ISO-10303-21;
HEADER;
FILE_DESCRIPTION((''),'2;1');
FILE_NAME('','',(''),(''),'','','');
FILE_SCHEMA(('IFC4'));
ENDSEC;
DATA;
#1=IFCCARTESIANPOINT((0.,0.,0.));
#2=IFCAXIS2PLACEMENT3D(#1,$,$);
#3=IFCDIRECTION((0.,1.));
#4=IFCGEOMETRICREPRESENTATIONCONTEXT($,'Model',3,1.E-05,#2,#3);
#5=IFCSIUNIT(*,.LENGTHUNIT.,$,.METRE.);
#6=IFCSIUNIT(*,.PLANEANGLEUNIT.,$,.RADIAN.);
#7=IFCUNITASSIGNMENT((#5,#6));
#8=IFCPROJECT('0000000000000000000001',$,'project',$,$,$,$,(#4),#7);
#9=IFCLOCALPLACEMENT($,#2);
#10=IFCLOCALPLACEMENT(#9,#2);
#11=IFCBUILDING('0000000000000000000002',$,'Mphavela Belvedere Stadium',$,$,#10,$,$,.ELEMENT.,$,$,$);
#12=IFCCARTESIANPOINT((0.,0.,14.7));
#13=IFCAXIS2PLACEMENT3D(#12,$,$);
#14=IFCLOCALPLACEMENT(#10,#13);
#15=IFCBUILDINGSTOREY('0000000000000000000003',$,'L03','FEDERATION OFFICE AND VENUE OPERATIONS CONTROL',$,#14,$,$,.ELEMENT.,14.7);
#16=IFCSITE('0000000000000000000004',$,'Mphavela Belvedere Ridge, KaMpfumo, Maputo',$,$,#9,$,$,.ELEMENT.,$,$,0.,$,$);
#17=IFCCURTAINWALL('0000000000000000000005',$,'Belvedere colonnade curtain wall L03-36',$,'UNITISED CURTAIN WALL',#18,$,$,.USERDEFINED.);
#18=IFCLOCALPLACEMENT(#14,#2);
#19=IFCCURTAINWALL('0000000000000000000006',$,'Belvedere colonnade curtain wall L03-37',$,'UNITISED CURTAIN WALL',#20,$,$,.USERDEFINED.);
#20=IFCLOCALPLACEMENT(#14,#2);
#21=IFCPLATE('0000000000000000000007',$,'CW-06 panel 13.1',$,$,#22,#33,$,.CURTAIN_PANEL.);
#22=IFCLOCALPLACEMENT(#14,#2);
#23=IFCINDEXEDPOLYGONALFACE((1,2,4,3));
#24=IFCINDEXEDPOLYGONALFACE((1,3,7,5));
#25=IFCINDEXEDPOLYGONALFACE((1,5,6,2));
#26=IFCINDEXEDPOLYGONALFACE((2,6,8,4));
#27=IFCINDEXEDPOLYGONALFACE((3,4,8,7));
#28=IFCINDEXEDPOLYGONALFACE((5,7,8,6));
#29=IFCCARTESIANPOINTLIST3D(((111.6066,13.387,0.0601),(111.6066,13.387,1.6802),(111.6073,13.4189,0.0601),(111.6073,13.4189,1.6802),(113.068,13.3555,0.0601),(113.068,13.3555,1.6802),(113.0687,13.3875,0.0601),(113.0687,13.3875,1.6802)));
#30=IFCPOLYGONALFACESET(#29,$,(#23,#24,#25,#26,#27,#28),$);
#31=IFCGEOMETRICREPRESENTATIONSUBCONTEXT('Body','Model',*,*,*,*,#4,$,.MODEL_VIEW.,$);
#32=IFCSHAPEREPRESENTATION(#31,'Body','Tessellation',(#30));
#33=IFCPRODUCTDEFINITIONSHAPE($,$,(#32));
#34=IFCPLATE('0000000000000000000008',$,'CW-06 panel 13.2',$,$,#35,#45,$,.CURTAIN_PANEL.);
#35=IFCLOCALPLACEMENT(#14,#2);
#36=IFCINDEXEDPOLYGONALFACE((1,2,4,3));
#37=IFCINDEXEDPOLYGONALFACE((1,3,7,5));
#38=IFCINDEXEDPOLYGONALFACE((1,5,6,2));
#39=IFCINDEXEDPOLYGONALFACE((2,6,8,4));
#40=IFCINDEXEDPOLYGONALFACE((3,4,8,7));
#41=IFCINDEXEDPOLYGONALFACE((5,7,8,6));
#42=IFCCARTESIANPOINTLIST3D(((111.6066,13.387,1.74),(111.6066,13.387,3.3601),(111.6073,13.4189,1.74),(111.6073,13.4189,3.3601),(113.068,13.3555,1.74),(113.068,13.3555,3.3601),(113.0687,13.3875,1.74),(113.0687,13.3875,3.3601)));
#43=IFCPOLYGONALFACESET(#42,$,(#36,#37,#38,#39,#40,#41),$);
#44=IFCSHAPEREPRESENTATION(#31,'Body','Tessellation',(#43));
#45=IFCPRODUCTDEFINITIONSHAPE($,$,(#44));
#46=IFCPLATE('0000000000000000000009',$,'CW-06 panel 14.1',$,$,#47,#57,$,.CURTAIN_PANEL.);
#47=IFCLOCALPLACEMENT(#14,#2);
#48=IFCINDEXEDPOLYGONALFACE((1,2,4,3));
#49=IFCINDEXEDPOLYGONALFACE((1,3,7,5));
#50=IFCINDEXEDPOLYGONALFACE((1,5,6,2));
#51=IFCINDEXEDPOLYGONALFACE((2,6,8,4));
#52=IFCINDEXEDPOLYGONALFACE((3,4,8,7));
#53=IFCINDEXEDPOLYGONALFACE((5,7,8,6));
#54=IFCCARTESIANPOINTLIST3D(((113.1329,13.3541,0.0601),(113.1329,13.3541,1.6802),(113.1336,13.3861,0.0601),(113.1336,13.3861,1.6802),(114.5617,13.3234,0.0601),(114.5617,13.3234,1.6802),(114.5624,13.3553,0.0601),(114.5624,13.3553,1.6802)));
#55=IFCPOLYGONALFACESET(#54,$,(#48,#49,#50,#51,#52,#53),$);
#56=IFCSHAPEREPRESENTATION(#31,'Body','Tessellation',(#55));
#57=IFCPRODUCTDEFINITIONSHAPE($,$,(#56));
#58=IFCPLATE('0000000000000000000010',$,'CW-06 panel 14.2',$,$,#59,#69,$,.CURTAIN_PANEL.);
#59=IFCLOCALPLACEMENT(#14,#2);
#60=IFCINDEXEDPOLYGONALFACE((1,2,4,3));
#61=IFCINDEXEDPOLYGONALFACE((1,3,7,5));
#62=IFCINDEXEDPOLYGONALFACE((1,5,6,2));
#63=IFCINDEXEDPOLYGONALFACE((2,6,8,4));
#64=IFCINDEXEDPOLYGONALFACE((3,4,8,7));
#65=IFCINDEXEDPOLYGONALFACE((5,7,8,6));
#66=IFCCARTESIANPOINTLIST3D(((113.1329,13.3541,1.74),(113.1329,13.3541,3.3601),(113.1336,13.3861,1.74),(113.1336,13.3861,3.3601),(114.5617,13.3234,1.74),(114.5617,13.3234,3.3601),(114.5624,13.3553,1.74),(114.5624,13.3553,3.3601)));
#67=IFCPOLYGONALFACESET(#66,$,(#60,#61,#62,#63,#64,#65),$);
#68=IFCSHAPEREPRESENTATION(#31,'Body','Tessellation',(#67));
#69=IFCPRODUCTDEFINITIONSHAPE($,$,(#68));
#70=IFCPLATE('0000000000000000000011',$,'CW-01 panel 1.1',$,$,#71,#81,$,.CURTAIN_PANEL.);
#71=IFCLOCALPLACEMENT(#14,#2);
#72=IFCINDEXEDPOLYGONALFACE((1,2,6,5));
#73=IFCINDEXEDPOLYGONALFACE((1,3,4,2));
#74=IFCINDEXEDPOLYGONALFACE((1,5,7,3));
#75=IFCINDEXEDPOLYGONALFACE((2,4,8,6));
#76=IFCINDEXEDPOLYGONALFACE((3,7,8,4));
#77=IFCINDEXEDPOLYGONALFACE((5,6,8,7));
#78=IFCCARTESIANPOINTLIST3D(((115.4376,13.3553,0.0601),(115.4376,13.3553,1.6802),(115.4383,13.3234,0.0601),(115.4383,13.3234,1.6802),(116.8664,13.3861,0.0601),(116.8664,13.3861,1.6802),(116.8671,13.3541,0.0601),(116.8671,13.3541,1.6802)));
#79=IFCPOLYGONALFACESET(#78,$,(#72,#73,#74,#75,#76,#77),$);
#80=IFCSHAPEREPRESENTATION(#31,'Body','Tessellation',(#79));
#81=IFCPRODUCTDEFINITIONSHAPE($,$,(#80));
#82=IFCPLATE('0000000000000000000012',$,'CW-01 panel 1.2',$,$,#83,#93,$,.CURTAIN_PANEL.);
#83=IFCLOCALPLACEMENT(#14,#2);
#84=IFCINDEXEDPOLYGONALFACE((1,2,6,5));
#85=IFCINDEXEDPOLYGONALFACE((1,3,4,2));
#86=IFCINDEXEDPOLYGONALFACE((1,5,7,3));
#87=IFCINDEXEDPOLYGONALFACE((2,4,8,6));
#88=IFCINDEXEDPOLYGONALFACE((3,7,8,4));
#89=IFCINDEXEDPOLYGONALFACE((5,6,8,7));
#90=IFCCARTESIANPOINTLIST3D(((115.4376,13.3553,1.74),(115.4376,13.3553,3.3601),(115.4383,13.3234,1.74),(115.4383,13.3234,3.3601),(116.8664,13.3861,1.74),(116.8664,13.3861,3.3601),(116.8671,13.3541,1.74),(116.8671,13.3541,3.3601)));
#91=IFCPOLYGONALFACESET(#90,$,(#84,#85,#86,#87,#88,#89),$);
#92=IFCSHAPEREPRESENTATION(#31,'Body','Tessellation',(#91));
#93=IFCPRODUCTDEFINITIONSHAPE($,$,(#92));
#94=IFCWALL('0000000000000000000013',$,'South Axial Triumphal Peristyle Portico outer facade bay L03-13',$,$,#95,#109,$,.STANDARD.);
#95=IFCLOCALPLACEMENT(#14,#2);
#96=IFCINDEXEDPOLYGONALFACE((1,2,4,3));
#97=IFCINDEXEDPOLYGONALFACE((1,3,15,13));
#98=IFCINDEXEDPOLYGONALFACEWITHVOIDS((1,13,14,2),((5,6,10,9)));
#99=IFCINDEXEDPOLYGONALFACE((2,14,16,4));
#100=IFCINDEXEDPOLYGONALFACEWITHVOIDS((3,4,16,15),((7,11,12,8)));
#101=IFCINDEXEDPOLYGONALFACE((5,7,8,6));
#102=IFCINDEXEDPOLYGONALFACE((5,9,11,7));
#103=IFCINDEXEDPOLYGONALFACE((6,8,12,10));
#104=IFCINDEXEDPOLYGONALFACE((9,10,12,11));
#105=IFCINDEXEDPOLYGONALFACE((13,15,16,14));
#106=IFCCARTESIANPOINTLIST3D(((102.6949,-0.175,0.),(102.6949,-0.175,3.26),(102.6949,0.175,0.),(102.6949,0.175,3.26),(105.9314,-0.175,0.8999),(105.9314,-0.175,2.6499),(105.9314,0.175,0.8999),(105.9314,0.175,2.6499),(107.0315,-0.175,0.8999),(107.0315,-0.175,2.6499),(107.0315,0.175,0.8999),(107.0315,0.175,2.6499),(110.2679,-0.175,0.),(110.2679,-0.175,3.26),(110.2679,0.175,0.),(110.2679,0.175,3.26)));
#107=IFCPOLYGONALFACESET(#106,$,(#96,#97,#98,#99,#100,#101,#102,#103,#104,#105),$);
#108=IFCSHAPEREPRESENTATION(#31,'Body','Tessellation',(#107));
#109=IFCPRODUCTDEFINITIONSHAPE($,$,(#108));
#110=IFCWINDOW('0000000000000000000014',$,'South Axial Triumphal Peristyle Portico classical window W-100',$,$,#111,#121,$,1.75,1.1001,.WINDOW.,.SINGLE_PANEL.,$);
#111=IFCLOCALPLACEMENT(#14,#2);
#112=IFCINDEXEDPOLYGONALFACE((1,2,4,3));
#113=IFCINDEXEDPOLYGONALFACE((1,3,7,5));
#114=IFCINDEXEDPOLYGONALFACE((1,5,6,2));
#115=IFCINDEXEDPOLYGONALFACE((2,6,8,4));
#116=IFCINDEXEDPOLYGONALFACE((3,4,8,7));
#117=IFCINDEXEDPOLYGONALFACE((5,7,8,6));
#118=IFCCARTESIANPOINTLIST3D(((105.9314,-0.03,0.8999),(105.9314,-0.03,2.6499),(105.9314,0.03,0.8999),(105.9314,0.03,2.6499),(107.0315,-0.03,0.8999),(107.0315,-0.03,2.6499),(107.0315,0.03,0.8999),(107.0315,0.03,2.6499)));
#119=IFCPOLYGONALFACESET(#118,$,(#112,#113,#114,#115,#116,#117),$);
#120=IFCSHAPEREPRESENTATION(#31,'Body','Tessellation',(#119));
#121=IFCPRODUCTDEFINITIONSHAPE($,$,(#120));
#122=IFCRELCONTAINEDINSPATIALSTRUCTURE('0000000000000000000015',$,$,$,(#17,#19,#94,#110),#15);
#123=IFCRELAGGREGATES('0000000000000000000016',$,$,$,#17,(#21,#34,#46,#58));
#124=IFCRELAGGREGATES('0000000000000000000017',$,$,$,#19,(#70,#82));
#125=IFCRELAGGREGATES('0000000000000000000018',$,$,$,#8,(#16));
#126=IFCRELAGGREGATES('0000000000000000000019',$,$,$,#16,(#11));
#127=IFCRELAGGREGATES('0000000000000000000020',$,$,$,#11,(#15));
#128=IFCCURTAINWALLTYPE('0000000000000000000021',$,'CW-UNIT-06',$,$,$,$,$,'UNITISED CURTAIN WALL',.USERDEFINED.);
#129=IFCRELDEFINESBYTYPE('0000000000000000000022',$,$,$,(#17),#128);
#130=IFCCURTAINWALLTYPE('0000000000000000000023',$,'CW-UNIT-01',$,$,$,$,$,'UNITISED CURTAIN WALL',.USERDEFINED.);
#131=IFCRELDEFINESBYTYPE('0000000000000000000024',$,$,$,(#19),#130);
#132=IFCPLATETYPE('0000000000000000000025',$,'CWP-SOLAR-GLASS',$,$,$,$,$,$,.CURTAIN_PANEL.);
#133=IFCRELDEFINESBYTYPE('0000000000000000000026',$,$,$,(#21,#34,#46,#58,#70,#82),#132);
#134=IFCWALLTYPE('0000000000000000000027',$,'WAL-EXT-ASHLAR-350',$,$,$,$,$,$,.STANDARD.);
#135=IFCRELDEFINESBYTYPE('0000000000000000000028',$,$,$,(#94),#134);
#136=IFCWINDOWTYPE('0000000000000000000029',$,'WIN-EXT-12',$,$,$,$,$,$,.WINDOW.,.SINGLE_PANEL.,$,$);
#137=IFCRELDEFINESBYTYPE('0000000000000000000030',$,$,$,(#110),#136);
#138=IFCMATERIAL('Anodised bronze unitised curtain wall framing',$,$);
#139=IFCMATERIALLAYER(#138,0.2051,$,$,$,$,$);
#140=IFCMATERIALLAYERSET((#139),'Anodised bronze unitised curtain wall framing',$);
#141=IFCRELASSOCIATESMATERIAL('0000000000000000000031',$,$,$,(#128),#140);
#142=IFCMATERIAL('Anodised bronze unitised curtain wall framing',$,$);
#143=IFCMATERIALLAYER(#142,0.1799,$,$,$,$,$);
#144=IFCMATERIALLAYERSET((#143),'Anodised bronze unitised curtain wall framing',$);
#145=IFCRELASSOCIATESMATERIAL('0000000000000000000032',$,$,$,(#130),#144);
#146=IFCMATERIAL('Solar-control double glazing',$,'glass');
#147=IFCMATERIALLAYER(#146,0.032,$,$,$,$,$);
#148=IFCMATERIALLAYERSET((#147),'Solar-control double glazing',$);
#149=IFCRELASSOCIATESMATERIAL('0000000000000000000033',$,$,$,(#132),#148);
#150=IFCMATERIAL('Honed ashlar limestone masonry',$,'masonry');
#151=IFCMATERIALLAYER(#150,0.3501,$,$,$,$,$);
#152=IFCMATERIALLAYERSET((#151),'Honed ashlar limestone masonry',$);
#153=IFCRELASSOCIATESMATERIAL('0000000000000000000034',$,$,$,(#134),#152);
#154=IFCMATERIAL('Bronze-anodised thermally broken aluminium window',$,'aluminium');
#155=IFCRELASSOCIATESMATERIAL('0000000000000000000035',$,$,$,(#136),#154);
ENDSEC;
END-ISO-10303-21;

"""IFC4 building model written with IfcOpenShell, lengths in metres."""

from ifc_helpers import new_model, si_unit, direction, frame, frame_2d, origin, origin_2d, place, context, subcontext, project, spatial, rectangle, extrude, material, layer, layer_set, type_object, element, fill, aggregate, save


model = new_model("IFC4")

# Units and contexts
model_context = context("Model", 3, precision=1e-05, world=origin(), true_north=direction((0.0, 1.0)))
body_context = subcontext(model_context, "Body", "Model", "MODEL_VIEW")
ifc_project = project(units=[si_unit("LENGTHUNIT", "METRE"), si_unit("PLANEANGLEUNIT", "RADIAN")], contexts=[model_context])

# Site, building, storey
site_placement = place(None, origin())
site = spatial("IfcSite", under=ifc_project, at=site_placement, Name="Mphavela Belvedere Ridge, KaMpfumo, Maputo", CompositionType="ELEMENT", RefElevation=0.0)
building_placement = place(site_placement, origin())
building = spatial("IfcBuilding", under=site, at=building_placement, Name="Mphavela Belvedere Stadium", CompositionType="ELEMENT")
storey_placement = place(building_placement, frame((0.0, 0.0, 14.7)))
storey = spatial("IfcBuildingStorey", under=building, at=storey_placement, Name="L03", Description="FEDERATION OFFICE AND VENUE OPERATIONS CONTROL", CompositionType="ELEMENT", Elevation=14.7)

# Curtain wall
ifc_material_1 = material(Name="Anodised bronze unitised curtain wall framing")
ifc_layer_1 = layer(ifc_material_1, 0.2051)
ifc_layer_set_1 = layer_set([ifc_layer_1], Name="Anodised bronze unitised curtain wall framing")
curtain_wall_type_1 = type_object("IfcCurtainWallType", Name="CW-UNIT-06", ElementType="UNITISED CURTAIN WALL", PredefinedType="USERDEFINED", material=ifc_layer_set_1)
curtain_wall_1_placement = place(storey_placement, origin())
curtain_wall_1 = element("IfcCurtainWall", 1, at=curtain_wall_1_placement, inside=storey, type_object=curtain_wall_type_1, Name="Belvedere colonnade curtain wall L03-36", ObjectType="UNITISED CURTAIN WALL", PredefinedType="USERDEFINED")

# Curtain wall
ifc_material_2 = material(Name="Anodised bronze unitised curtain wall framing")
ifc_layer_2 = layer(ifc_material_2, 0.1799)
ifc_layer_set_2 = layer_set([ifc_layer_2], Name="Anodised bronze unitised curtain wall framing")
curtain_wall_type_2 = type_object("IfcCurtainWallType", Name="CW-UNIT-01", ElementType="UNITISED CURTAIN WALL", PredefinedType="USERDEFINED", material=ifc_layer_set_2)
curtain_wall_2_placement = place(storey_placement, origin())
curtain_wall_2 = element("IfcCurtainWall", 2, at=curtain_wall_2_placement, inside=storey, type_object=curtain_wall_type_2, Name="Belvedere colonnade curtain wall L03-37", ObjectType="UNITISED CURTAIN WALL", PredefinedType="USERDEFINED")

# Plates
ifc_material_3 = material(Name="Solar-control double glazing", Category="glass")
ifc_layer_3 = layer(ifc_material_3, 0.032)
ifc_layer_set_3 = layer_set([ifc_layer_3], Name="Solar-control double glazing")
plate_type = type_object("IfcPlateType", Name="CWP-SOLAR-GLASS", PredefinedType="CURTAIN_PANEL", material=ifc_layer_set_3)
plate_1_placement = place(storey_placement, frame((112.3376, 13.3872, 0.0601), z_axis=(0.0, 0.0, 1.0), x_axis=(0.999768, -0.021531, 0.0)))
plate_1 = element("IfcPlate", 3, at=plate_1_placement, type_object=plate_type, Name="CW-06 panel 13.1", PredefinedType="CURTAIN_PANEL", context=body_context, shape_type="SweptSolid", body=[
    extrude(rectangle(XDim=1.4617, YDim=0.032, at=origin_2d()), origin(), (0.0, 0.0, 1.0), 1.6201),
])
plate_2_placement = place(storey_placement, frame((112.3376, 13.3872, 1.74), z_axis=(0.0, 0.0, 1.0), x_axis=(0.999768, -0.021531, 0.0)))
plate_2 = element("IfcPlate", 4, at=plate_2_placement, type_object=plate_type, Name="CW-06 panel 13.2", PredefinedType="CURTAIN_PANEL", context=body_context, shape_type="SweptSolid", body=[
    extrude(rectangle(XDim=1.4617, YDim=0.032, at=origin_2d()), origin(), (0.0, 0.0, 1.0), 1.6201),
])
plate_3_placement = place(storey_placement, frame((113.8477, 13.3547, 0.0601), z_axis=(0.0, 0.0, 1.0), x_axis=(0.999768, -0.021531, 0.0)))
plate_3 = element("IfcPlate", 5, at=plate_3_placement, type_object=plate_type, Name="CW-06 panel 14.1", PredefinedType="CURTAIN_PANEL", context=body_context, shape_type="SweptSolid", body=[
    extrude(rectangle(XDim=1.4292, YDim=0.032, at=origin_2d()), origin(), (0.0, 0.0, 1.0), 1.6201),
])
plate_4_placement = place(storey_placement, frame((113.8477, 13.3547, 1.74), z_axis=(0.0, 0.0, 1.0), x_axis=(0.999768, -0.021531, 0.0)))
plate_4 = element("IfcPlate", 6, at=plate_4_placement, type_object=plate_type, Name="CW-06 panel 14.2", PredefinedType="CURTAIN_PANEL", context=body_context, shape_type="SweptSolid", body=[
    extrude(rectangle(XDim=1.4292, YDim=0.032, at=origin_2d()), origin(), (0.0, 0.0, 1.0), 1.6201),
])
aggregate(curtain_wall_1, [plate_1, plate_2, plate_3, plate_4])
plate_5_placement = place(storey_placement, frame((116.1523, 13.3547, 0.0601), z_axis=(0.0, 0.0, 1.0), x_axis=(0.999768, 0.021531, 0.0)))
plate_5 = element("IfcPlate", 7, at=plate_5_placement, type_object=plate_type, Name="CW-01 panel 1.1", PredefinedType="CURTAIN_PANEL", context=body_context, shape_type="SweptSolid", body=[
    extrude(rectangle(XDim=1.4292, YDim=0.032, at=origin_2d()), origin(), (0.0, 0.0, 1.0), 1.6201),
])
plate_6_placement = place(storey_placement, frame((116.1523, 13.3547, 1.74), z_axis=(0.0, 0.0, 1.0), x_axis=(0.999768, 0.021531, 0.0)))
plate_6 = element("IfcPlate", 8, at=plate_6_placement, type_object=plate_type, Name="CW-01 panel 1.2", PredefinedType="CURTAIN_PANEL", context=body_context, shape_type="SweptSolid", body=[
    extrude(rectangle(XDim=1.4292, YDim=0.032, at=origin_2d()), origin(), (0.0, 0.0, 1.0), 1.6201),
])
aggregate(curtain_wall_2, [plate_5, plate_6])

# Wall, opening, window
ifc_material_4 = material(Name="Honed ashlar limestone masonry", Category="masonry")
ifc_layer_4 = layer(ifc_material_4, 0.3501)
ifc_layer_set_4 = layer_set([ifc_layer_4], Name="Honed ashlar limestone masonry")
wall_type = type_object("IfcWallType", Name="WAL-EXT-ASHLAR-350", PredefinedType="STANDARD", material=ifc_layer_set_4)
wall_placement = place(storey_placement, frame((110.2681, 0.0, 0.0), z_axis=(0.0, 0.0, 1.0), x_axis=(-1.0, 0.0, 0.0)))
wall = element("IfcWall", 9, at=wall_placement, inside=storey, type_object=wall_type, Name="South Axial Triumphal Peristyle Portico outer facade bay L03-13", PredefinedType="STANDARD", context=body_context, shape_type="SweptSolid", body=[
    extrude(rectangle(XDim=7.573, YDim=0.3501, at=frame_2d((3.7866, 0.0))), origin(), (0.0, 0.0, 1.0), 3.26),
])
opening_placement = place(wall_placement, frame((3.2366, 0.0, 0.8999)))
opening = element("IfcOpeningElement", 10, at=opening_placement, cuts=wall, PredefinedType="OPENING", context=body_context, shape_type="SweptSolid", body=[
    extrude(rectangle(XDim=1.1001, YDim=1.75, at=frame_2d((0.55, 0.875))), frame((0.0, 0.1851, 0.0), z_axis=(0.0, -1.0, 0.0), x_axis=(1.0, 0.0, 0.0)), (0.0, 0.0, 1.0), 0.3701),
])
ifc_material_5 = material(Name="Bronze-anodised thermally broken aluminium window", Category="aluminium")
window_type = type_object("IfcWindowType", Name="WIN-EXT-12", PartitioningType="SINGLE_PANEL", PredefinedType="WINDOW", material=ifc_material_5)
window_placement = place(opening_placement, origin())
window = element("IfcWindow", 11, at=window_placement, inside=storey, type_object=window_type, Name="South Axial Triumphal Peristyle Portico classical window W-100", OverallHeight=1.75, OverallWidth=1.1001, PartitioningType="SINGLE_PANEL", PredefinedType="WINDOW", context=body_context, shape_type="SweptSolid", body=[
    extrude(rectangle(XDim=1.1001, YDim=1.75, at=frame_2d((0.55, 0.875))), frame((0.0, 0.03, 0.0), z_axis=(0.0, -1.0, 0.0), x_axis=(1.0, 0.0, 0.0)), (0.0, 0.0, 1.0), 0.0601),
])
fill(opening, window)

save(model, "model.ifc")
